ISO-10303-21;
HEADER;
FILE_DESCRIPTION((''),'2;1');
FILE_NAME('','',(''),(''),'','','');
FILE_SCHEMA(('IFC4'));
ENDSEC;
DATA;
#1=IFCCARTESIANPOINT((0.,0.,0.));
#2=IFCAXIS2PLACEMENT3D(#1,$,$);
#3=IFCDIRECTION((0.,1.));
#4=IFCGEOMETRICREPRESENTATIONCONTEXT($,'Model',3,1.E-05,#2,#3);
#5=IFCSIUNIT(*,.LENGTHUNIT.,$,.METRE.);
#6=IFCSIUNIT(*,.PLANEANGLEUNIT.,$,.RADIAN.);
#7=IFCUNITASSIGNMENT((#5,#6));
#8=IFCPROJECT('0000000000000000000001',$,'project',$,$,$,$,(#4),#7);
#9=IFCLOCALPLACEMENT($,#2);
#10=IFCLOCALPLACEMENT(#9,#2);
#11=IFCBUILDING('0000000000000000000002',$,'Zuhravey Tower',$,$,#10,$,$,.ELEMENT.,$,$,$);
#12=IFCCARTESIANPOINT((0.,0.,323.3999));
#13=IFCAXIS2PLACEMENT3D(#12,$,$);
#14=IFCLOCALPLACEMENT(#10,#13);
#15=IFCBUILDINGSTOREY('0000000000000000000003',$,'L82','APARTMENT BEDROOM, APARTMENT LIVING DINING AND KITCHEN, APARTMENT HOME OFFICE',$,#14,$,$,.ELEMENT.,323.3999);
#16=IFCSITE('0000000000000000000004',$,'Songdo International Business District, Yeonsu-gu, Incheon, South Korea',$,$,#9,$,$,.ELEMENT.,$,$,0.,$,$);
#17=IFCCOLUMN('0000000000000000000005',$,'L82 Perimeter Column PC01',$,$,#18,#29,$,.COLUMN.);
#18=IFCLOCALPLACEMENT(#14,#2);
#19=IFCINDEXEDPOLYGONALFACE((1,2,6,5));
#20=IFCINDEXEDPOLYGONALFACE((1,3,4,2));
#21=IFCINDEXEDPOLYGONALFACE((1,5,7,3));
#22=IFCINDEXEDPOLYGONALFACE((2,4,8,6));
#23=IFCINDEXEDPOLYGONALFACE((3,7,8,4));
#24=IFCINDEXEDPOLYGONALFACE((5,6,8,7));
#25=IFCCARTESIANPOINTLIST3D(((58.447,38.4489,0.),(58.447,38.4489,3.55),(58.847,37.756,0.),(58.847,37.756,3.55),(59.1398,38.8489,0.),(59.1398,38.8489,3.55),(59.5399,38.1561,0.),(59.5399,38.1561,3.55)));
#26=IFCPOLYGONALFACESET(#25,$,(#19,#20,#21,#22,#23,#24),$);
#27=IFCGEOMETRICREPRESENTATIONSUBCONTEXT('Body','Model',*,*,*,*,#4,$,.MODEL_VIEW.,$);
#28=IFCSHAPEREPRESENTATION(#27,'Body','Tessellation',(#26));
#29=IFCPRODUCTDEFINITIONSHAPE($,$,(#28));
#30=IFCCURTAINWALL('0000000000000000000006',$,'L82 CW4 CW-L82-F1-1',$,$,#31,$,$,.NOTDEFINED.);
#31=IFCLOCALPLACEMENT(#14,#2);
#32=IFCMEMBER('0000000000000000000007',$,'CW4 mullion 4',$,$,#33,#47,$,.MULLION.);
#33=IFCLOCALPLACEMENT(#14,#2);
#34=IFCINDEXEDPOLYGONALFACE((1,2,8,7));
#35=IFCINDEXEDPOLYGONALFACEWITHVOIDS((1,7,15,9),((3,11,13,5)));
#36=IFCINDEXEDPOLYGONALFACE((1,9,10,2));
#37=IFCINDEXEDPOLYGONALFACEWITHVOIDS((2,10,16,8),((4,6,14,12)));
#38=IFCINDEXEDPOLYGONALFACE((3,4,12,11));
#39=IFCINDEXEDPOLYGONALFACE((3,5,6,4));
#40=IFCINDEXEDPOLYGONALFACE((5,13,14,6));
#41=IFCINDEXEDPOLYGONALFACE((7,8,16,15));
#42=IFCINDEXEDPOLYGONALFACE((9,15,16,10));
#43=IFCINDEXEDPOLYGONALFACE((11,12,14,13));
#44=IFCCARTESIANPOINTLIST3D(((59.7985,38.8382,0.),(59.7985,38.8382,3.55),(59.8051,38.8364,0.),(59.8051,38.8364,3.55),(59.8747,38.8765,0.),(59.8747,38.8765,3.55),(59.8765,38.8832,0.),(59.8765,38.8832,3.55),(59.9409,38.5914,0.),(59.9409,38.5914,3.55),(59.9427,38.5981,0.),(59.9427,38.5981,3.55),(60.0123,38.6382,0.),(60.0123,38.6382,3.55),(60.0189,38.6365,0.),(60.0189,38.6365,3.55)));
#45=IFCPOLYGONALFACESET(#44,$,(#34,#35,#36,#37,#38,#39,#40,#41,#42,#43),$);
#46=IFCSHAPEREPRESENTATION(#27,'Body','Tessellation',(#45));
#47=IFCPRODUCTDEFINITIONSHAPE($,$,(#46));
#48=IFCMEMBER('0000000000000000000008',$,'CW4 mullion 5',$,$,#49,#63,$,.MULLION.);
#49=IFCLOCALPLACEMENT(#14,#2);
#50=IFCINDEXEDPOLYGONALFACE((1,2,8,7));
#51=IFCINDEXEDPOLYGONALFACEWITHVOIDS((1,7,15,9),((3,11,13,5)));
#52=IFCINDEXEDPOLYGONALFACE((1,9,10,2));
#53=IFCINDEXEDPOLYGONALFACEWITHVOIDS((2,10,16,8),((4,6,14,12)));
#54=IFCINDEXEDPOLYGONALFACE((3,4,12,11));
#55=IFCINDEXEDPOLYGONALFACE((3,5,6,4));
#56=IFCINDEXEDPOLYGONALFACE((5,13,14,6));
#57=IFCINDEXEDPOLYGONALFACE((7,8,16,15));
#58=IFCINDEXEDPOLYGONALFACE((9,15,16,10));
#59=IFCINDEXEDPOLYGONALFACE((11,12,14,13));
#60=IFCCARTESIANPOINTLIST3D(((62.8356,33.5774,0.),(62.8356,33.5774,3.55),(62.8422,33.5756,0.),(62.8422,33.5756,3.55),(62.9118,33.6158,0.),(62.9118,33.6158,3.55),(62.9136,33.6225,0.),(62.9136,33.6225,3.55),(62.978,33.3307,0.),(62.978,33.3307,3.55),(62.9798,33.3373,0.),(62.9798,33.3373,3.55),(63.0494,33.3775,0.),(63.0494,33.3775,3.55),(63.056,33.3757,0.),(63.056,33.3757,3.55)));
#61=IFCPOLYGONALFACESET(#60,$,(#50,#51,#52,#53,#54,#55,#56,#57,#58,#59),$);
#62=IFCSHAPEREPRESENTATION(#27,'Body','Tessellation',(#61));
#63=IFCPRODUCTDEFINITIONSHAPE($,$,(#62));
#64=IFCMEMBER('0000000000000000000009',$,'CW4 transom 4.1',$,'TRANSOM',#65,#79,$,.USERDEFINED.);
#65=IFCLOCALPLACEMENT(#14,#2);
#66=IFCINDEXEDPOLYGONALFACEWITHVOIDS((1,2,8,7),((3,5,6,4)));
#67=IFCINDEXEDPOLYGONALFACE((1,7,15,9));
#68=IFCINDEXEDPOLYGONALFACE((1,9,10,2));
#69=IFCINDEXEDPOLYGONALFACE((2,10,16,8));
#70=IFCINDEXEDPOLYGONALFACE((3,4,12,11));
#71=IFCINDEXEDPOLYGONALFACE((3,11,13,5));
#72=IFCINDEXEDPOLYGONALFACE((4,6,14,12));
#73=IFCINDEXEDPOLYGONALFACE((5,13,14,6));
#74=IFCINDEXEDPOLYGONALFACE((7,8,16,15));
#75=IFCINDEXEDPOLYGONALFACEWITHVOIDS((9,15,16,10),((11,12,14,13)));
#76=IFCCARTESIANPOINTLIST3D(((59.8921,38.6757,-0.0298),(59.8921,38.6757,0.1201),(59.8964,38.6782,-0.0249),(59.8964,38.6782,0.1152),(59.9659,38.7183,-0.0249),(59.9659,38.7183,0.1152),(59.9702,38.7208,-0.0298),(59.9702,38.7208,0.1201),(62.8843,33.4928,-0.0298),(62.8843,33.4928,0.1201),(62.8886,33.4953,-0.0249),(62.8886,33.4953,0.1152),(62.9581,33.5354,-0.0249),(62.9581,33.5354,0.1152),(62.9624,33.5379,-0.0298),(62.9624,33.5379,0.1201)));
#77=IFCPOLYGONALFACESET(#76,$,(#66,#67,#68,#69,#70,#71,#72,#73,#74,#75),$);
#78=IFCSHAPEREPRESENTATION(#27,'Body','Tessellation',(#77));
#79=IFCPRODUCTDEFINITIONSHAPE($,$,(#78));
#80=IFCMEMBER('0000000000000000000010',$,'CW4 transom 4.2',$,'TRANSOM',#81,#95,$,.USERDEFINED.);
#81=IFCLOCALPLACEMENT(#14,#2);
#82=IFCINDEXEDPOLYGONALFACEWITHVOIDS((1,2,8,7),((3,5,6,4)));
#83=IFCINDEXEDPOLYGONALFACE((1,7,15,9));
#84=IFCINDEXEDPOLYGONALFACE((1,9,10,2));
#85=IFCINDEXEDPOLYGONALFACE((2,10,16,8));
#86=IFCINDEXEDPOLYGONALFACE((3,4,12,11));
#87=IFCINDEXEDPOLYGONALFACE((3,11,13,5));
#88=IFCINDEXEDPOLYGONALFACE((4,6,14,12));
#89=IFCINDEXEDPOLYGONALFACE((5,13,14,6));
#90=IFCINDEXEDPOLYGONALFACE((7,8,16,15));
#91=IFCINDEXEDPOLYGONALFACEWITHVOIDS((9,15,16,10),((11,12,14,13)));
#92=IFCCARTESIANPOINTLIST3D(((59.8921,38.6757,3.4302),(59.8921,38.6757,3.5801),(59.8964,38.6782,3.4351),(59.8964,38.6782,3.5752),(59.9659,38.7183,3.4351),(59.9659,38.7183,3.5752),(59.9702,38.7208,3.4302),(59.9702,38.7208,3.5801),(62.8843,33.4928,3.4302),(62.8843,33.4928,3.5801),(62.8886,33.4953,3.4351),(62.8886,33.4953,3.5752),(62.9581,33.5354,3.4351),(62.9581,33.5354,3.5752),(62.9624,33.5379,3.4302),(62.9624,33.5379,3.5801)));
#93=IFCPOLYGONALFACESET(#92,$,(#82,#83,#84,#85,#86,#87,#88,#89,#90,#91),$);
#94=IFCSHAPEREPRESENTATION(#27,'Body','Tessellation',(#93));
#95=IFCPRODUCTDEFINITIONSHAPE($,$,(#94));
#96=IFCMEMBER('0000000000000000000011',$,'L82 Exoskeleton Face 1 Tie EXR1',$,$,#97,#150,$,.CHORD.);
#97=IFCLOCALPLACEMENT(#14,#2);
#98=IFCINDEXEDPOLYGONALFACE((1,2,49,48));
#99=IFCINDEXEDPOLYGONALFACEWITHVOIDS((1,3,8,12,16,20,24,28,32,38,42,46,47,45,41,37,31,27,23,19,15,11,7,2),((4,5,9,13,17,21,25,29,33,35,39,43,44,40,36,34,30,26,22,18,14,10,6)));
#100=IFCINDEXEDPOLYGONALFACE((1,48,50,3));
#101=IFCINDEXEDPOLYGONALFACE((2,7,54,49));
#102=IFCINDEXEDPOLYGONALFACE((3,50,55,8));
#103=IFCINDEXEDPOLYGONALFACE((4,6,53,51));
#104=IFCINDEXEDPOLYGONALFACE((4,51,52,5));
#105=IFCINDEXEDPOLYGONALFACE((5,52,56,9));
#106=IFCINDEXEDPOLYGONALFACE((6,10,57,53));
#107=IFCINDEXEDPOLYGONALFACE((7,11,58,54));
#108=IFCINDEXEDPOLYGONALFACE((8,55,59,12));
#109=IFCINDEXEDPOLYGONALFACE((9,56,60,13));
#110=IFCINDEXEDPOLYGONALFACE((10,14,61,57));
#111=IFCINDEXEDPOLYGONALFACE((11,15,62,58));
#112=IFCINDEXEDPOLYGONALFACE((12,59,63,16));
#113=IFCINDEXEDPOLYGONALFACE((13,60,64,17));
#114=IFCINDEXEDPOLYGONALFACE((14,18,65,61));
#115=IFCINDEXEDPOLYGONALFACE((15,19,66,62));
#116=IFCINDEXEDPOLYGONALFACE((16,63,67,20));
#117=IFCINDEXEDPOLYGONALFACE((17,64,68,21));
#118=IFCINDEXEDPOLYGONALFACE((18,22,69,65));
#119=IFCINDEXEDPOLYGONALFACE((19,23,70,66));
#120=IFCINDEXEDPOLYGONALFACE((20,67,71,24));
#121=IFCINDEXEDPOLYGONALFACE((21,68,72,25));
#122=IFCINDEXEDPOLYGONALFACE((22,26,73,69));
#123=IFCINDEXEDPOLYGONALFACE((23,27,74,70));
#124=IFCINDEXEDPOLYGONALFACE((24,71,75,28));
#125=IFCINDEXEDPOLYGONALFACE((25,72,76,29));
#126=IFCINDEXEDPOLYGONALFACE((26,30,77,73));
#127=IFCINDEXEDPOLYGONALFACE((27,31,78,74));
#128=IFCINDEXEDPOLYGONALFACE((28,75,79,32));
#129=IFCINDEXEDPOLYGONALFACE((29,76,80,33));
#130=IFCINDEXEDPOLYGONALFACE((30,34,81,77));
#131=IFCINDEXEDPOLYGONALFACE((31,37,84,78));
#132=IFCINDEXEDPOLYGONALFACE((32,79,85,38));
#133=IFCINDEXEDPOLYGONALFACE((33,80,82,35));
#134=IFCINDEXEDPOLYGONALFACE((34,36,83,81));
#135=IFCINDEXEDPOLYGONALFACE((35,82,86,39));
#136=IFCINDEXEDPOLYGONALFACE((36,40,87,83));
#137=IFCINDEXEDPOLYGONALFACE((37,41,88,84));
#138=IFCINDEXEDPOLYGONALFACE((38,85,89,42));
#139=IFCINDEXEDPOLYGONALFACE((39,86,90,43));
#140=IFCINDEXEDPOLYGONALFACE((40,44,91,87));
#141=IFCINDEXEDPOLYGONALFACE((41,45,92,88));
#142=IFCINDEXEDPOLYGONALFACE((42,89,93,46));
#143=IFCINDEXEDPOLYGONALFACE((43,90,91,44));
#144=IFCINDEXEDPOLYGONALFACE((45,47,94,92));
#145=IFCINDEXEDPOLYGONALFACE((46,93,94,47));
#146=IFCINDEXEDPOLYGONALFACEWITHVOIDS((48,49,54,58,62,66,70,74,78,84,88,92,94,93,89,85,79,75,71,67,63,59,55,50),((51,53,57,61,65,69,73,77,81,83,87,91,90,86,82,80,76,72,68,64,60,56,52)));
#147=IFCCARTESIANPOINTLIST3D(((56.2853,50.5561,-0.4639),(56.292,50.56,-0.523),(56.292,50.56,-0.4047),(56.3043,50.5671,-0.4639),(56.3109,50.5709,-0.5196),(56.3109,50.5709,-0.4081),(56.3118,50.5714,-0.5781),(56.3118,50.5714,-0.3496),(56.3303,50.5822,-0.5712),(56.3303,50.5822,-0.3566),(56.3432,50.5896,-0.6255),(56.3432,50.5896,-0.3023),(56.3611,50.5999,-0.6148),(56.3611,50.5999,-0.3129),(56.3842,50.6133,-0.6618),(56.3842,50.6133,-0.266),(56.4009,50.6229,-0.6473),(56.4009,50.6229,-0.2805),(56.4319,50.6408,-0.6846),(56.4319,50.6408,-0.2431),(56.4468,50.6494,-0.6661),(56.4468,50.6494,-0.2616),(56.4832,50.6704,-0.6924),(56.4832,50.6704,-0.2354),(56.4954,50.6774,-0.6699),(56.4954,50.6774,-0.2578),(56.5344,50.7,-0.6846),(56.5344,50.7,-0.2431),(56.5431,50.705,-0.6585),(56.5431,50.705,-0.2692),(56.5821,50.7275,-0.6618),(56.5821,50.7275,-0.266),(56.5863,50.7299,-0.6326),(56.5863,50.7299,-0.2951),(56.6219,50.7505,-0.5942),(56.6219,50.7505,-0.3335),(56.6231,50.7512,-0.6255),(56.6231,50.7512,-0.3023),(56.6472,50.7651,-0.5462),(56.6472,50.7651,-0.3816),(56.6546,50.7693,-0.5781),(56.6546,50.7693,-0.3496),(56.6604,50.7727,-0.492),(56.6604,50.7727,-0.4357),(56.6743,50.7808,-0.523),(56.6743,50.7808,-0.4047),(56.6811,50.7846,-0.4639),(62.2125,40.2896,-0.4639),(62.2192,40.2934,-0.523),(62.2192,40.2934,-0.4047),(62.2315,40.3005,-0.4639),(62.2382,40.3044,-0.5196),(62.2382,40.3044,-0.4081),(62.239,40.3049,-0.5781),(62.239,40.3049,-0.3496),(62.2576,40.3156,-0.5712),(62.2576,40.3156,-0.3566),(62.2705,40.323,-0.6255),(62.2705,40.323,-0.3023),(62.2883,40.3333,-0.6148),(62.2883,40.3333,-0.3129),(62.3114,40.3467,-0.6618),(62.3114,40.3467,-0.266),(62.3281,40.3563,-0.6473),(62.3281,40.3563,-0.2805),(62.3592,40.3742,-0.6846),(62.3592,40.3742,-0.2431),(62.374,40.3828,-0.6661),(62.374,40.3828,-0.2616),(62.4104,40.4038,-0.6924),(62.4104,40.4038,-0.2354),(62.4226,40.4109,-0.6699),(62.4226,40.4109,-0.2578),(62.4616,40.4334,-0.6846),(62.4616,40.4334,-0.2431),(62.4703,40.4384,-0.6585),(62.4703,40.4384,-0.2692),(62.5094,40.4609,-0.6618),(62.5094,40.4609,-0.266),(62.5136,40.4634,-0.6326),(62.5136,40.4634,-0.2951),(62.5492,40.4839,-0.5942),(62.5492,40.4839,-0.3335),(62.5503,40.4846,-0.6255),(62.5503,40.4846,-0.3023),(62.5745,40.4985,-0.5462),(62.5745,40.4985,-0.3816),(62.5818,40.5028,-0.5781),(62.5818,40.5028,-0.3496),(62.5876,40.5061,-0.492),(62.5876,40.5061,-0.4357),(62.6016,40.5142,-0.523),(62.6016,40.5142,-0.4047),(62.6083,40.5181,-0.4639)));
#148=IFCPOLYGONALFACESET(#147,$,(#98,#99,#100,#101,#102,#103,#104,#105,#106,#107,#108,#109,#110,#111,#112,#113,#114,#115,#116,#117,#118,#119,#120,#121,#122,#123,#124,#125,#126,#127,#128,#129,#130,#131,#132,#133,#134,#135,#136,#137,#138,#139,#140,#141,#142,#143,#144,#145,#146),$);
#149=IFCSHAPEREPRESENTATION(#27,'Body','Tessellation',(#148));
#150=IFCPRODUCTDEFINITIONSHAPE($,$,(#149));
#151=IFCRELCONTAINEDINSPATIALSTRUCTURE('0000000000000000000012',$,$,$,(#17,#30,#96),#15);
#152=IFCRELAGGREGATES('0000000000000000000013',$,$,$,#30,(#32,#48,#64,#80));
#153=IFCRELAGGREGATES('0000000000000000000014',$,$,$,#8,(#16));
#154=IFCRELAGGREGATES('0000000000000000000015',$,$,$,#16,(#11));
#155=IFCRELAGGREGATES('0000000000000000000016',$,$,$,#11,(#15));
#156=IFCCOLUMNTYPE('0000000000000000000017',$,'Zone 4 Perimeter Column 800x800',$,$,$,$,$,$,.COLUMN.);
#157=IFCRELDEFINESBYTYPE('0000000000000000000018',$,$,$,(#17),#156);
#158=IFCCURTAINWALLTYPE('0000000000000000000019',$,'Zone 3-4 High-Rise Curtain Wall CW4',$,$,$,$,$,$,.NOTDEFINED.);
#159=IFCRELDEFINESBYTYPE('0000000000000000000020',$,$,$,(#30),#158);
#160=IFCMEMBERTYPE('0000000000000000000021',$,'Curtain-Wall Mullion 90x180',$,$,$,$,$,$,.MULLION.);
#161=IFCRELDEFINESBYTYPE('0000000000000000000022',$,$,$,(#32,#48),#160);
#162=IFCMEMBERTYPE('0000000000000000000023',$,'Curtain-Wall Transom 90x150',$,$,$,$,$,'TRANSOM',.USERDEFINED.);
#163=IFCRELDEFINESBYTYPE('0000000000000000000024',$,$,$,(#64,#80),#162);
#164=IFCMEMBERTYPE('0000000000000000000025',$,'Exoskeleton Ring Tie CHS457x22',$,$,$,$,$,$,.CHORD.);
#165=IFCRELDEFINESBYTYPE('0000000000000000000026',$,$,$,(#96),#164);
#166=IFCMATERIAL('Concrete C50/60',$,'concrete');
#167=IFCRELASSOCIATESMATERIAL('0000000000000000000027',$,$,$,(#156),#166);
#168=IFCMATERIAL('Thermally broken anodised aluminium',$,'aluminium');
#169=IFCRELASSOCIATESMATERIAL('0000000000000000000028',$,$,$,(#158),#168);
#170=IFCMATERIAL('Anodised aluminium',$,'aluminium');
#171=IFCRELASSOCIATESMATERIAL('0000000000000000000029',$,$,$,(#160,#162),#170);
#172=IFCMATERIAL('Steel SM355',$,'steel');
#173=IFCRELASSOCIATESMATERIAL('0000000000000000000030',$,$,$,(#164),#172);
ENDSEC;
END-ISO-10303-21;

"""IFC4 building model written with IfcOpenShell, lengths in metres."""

from ifc_helpers import new_model, si_unit, direction, frame, origin, origin_2d, place, context, subcontext, project, spatial, rectangle, hollow_rectangle, hollow_circle, extrude, material, material_profile, profile_set, type_object, element, aggregate, save


model = new_model("IFC4")

# Units and contexts
model_context = context("Model", 3, precision=1e-05, world=origin(), true_north=direction((0.0, 1.0)))
body_context = subcontext(model_context, "Body", "Model", "MODEL_VIEW")
ifc_project = project(units=[si_unit("LENGTHUNIT", "METRE"), si_unit("PLANEANGLEUNIT", "RADIAN")], contexts=[model_context])

# Site, building, storey
site_placement = place(None, origin())
site = spatial("IfcSite", under=ifc_project, at=site_placement, Name="Songdo International Business District, Yeonsu-gu, Incheon, South Korea", CompositionType="ELEMENT", RefElevation=0.0)
building_placement = place(site_placement, origin())
building = spatial("IfcBuilding", under=site, at=building_placement, Name="Zuhravey Tower", CompositionType="ELEMENT")
storey_placement = place(building_placement, frame((0.0, 0.0, 323.3999)))
storey = spatial("IfcBuildingStorey", under=building, at=storey_placement, Name="L82", Description="APARTMENT BEDROOM, APARTMENT LIVING DINING AND KITCHEN, APARTMENT HOME OFFICE", CompositionType="ELEMENT", Elevation=323.3999)

# Column
ifc_material_1 = material(Name="Concrete C50/60", Category="concrete")
ifc_material_profile_1 = material_profile(ifc_material_1, rectangle(XDim=0.8, YDim=0.8, at=origin_2d()), Name="RC-800x800")
ifc_profile_set_1 = profile_set([ifc_material_profile_1], Name="Concrete C50/60")
column_type = type_object("IfcColumnType", Name="Zone 4 Perimeter Column 800x800", PredefinedType="COLUMN", material=ifc_profile_set_1)
column_placement = place(storey_placement, frame((58.9934, 38.3025, 0.0), z_axis=(0.0, 0.0, 1.0), x_axis=(-0.5, 0.866025, 0.0)))
element("IfcColumn", 1, at=column_placement, inside=storey, type_object=column_type, Name="L82 Perimeter Column PC01", PredefinedType="COLUMN", context=body_context, shape_type="SweptSolid", body=[
    extrude(rectangle(XDim=0.8, YDim=0.8, at=origin_2d()), origin(), (0.0, 0.0, 1.0), 3.55),
])

# Curtain wall, members
ifc_material_2 = material(Name="Thermally broken anodised aluminium", Category="aluminium")
curtain_wall_type = type_object("IfcCurtainWallType", Name="Zone 3-4 High-Rise Curtain Wall CW4", PredefinedType="NOTDEFINED", material=ifc_material_2)
curtain_wall_placement = place(storey_placement, origin())
curtain_wall = element("IfcCurtainWall", 2, at=curtain_wall_placement, inside=storey, type_object=curtain_wall_type, Name="L82 CW4 CW-L82-F1-1", PredefinedType="NOTDEFINED")
ifc_material_3 = material(Name="Anodised aluminium", Category="aluminium")
ifc_material_profile_2 = material_profile(ifc_material_3, hollow_rectangle(XDim=0.0901, YDim=0.2849, WallThickness=0.0049, at=origin_2d()), Name="ALU-RHS-90x285x5")
ifc_profile_set_2 = profile_set([ifc_material_profile_2], Name="Anodised aluminium")
member_type_1 = type_object("IfcMemberType", Name="Curtain-Wall Mullion 90x180", PredefinedType="MULLION", material=ifc_profile_set_2)
member_1_placement = place(storey_placement, frame((59.9087, 38.7373, 0.0), z_axis=(0.0, 0.0, 1.0), x_axis=(0.866026, 0.5, 0.0)))
member_1 = element("IfcMember", 3, at=member_1_placement, type_object=member_type_1, Name="CW4 mullion 4", PredefinedType="MULLION", context=body_context, shape_type="SweptSolid", body=[
    extrude(hollow_rectangle(XDim=0.0901, YDim=0.2849, WallThickness=0.0049, at=origin_2d()), origin(), (0.0, 0.0, 1.0), 3.55),
])
member_2_placement = place(storey_placement, frame((62.9458, 33.4766, 0.0), z_axis=(0.0, 0.0, 1.0), x_axis=(0.866026, 0.5, 0.0)))
member_2 = element("IfcMember", 4, at=member_2_placement, type_object=member_type_1, Name="CW4 mullion 5", PredefinedType="MULLION", context=body_context, shape_type="SweptSolid", body=[
    extrude(hollow_rectangle(XDim=0.0901, YDim=0.2849, WallThickness=0.0049, at=origin_2d()), origin(), (0.0, 0.0, 1.0), 3.55),
])
ifc_material_profile_3 = material_profile(ifc_material_3, hollow_rectangle(XDim=0.0901, YDim=0.1499, WallThickness=0.0049, at=origin_2d()), Name="ALU-RHS-90x150x5")
ifc_profile_set_3 = profile_set([ifc_material_profile_3], Name="Anodised aluminium")
member_type_2 = type_object("IfcMemberType", Name="Curtain-Wall Transom 90x150", ElementType="TRANSOM", PredefinedType="USERDEFINED", material=ifc_profile_set_3)
member_3_placement = place(storey_placement, frame((59.9312, 38.6982, 0.0452), z_axis=(0.499983, -0.866035, 0.0), x_axis=(0.866035, 0.499983, 0.0)))
member_3 = element("IfcMember", 5, at=member_3_placement, type_object=member_type_2, Name="CW4 transom 4.1", ObjectType="TRANSOM", PredefinedType="USERDEFINED", context=body_context, shape_type="SweptSolid", body=[
    extrude(hollow_rectangle(XDim=0.0901, YDim=0.1499, WallThickness=0.0049, at=origin_2d()), origin(), (0.0, 0.0, 1.0), 5.9846),
])
member_4_placement = place(storey_placement, frame((59.9312, 38.6982, 3.5051), z_axis=(0.499983, -0.866035, 0.0), x_axis=(0.866035, 0.499983, 0.0)))
member_4 = element("IfcMember", 6, at=member_4_placement, type_object=member_type_2, Name="CW4 transom 4.2", ObjectType="TRANSOM", PredefinedType="USERDEFINED", context=body_context, shape_type="SweptSolid", body=[
    extrude(hollow_rectangle(XDim=0.0901, YDim=0.1499, WallThickness=0.0049, at=origin_2d()), origin(), (0.0, 0.0, 1.0), 5.9846),
])

# Member
ifc_material_4 = material(Name="Steel SM355", Category="steel")
ifc_material_profile_4 = material_profile(ifc_material_4, hollow_circle(Radius=0.2285, WallThickness=0.022, at=origin_2d()), Name="CHS-457.2x22")
ifc_profile_set_4 = profile_set([ifc_material_profile_4], Name="Steel SM355")
member_type_3 = type_object("IfcMemberType", Name="Exoskeleton Ring Tie CHS457x22", PredefinedType="CHORD", material=ifc_profile_set_4)
member_5_placement = place(storey_placement, frame((62.4104, 40.4038, -0.4639), z_axis=(-0.499989, 0.866032, 0.0), x_axis=(-0.866032, -0.499989, 0.0)))
element("IfcMember", 7, at=member_5_placement, inside=storey, type_object=member_type_3, Name="L82 Exoskeleton Face 1 Tie EXR1", PredefinedType="CHORD", context=body_context, shape_type="SweptSolid", body=[
    extrude(hollow_circle(Radius=0.2285, WallThickness=0.022, at=origin_2d()), origin(), (0.0, 0.0, 1.0), 11.8547),
])

aggregate(curtain_wall, [member_1, member_2, member_3, member_4])

save(model, "model.ifc")
